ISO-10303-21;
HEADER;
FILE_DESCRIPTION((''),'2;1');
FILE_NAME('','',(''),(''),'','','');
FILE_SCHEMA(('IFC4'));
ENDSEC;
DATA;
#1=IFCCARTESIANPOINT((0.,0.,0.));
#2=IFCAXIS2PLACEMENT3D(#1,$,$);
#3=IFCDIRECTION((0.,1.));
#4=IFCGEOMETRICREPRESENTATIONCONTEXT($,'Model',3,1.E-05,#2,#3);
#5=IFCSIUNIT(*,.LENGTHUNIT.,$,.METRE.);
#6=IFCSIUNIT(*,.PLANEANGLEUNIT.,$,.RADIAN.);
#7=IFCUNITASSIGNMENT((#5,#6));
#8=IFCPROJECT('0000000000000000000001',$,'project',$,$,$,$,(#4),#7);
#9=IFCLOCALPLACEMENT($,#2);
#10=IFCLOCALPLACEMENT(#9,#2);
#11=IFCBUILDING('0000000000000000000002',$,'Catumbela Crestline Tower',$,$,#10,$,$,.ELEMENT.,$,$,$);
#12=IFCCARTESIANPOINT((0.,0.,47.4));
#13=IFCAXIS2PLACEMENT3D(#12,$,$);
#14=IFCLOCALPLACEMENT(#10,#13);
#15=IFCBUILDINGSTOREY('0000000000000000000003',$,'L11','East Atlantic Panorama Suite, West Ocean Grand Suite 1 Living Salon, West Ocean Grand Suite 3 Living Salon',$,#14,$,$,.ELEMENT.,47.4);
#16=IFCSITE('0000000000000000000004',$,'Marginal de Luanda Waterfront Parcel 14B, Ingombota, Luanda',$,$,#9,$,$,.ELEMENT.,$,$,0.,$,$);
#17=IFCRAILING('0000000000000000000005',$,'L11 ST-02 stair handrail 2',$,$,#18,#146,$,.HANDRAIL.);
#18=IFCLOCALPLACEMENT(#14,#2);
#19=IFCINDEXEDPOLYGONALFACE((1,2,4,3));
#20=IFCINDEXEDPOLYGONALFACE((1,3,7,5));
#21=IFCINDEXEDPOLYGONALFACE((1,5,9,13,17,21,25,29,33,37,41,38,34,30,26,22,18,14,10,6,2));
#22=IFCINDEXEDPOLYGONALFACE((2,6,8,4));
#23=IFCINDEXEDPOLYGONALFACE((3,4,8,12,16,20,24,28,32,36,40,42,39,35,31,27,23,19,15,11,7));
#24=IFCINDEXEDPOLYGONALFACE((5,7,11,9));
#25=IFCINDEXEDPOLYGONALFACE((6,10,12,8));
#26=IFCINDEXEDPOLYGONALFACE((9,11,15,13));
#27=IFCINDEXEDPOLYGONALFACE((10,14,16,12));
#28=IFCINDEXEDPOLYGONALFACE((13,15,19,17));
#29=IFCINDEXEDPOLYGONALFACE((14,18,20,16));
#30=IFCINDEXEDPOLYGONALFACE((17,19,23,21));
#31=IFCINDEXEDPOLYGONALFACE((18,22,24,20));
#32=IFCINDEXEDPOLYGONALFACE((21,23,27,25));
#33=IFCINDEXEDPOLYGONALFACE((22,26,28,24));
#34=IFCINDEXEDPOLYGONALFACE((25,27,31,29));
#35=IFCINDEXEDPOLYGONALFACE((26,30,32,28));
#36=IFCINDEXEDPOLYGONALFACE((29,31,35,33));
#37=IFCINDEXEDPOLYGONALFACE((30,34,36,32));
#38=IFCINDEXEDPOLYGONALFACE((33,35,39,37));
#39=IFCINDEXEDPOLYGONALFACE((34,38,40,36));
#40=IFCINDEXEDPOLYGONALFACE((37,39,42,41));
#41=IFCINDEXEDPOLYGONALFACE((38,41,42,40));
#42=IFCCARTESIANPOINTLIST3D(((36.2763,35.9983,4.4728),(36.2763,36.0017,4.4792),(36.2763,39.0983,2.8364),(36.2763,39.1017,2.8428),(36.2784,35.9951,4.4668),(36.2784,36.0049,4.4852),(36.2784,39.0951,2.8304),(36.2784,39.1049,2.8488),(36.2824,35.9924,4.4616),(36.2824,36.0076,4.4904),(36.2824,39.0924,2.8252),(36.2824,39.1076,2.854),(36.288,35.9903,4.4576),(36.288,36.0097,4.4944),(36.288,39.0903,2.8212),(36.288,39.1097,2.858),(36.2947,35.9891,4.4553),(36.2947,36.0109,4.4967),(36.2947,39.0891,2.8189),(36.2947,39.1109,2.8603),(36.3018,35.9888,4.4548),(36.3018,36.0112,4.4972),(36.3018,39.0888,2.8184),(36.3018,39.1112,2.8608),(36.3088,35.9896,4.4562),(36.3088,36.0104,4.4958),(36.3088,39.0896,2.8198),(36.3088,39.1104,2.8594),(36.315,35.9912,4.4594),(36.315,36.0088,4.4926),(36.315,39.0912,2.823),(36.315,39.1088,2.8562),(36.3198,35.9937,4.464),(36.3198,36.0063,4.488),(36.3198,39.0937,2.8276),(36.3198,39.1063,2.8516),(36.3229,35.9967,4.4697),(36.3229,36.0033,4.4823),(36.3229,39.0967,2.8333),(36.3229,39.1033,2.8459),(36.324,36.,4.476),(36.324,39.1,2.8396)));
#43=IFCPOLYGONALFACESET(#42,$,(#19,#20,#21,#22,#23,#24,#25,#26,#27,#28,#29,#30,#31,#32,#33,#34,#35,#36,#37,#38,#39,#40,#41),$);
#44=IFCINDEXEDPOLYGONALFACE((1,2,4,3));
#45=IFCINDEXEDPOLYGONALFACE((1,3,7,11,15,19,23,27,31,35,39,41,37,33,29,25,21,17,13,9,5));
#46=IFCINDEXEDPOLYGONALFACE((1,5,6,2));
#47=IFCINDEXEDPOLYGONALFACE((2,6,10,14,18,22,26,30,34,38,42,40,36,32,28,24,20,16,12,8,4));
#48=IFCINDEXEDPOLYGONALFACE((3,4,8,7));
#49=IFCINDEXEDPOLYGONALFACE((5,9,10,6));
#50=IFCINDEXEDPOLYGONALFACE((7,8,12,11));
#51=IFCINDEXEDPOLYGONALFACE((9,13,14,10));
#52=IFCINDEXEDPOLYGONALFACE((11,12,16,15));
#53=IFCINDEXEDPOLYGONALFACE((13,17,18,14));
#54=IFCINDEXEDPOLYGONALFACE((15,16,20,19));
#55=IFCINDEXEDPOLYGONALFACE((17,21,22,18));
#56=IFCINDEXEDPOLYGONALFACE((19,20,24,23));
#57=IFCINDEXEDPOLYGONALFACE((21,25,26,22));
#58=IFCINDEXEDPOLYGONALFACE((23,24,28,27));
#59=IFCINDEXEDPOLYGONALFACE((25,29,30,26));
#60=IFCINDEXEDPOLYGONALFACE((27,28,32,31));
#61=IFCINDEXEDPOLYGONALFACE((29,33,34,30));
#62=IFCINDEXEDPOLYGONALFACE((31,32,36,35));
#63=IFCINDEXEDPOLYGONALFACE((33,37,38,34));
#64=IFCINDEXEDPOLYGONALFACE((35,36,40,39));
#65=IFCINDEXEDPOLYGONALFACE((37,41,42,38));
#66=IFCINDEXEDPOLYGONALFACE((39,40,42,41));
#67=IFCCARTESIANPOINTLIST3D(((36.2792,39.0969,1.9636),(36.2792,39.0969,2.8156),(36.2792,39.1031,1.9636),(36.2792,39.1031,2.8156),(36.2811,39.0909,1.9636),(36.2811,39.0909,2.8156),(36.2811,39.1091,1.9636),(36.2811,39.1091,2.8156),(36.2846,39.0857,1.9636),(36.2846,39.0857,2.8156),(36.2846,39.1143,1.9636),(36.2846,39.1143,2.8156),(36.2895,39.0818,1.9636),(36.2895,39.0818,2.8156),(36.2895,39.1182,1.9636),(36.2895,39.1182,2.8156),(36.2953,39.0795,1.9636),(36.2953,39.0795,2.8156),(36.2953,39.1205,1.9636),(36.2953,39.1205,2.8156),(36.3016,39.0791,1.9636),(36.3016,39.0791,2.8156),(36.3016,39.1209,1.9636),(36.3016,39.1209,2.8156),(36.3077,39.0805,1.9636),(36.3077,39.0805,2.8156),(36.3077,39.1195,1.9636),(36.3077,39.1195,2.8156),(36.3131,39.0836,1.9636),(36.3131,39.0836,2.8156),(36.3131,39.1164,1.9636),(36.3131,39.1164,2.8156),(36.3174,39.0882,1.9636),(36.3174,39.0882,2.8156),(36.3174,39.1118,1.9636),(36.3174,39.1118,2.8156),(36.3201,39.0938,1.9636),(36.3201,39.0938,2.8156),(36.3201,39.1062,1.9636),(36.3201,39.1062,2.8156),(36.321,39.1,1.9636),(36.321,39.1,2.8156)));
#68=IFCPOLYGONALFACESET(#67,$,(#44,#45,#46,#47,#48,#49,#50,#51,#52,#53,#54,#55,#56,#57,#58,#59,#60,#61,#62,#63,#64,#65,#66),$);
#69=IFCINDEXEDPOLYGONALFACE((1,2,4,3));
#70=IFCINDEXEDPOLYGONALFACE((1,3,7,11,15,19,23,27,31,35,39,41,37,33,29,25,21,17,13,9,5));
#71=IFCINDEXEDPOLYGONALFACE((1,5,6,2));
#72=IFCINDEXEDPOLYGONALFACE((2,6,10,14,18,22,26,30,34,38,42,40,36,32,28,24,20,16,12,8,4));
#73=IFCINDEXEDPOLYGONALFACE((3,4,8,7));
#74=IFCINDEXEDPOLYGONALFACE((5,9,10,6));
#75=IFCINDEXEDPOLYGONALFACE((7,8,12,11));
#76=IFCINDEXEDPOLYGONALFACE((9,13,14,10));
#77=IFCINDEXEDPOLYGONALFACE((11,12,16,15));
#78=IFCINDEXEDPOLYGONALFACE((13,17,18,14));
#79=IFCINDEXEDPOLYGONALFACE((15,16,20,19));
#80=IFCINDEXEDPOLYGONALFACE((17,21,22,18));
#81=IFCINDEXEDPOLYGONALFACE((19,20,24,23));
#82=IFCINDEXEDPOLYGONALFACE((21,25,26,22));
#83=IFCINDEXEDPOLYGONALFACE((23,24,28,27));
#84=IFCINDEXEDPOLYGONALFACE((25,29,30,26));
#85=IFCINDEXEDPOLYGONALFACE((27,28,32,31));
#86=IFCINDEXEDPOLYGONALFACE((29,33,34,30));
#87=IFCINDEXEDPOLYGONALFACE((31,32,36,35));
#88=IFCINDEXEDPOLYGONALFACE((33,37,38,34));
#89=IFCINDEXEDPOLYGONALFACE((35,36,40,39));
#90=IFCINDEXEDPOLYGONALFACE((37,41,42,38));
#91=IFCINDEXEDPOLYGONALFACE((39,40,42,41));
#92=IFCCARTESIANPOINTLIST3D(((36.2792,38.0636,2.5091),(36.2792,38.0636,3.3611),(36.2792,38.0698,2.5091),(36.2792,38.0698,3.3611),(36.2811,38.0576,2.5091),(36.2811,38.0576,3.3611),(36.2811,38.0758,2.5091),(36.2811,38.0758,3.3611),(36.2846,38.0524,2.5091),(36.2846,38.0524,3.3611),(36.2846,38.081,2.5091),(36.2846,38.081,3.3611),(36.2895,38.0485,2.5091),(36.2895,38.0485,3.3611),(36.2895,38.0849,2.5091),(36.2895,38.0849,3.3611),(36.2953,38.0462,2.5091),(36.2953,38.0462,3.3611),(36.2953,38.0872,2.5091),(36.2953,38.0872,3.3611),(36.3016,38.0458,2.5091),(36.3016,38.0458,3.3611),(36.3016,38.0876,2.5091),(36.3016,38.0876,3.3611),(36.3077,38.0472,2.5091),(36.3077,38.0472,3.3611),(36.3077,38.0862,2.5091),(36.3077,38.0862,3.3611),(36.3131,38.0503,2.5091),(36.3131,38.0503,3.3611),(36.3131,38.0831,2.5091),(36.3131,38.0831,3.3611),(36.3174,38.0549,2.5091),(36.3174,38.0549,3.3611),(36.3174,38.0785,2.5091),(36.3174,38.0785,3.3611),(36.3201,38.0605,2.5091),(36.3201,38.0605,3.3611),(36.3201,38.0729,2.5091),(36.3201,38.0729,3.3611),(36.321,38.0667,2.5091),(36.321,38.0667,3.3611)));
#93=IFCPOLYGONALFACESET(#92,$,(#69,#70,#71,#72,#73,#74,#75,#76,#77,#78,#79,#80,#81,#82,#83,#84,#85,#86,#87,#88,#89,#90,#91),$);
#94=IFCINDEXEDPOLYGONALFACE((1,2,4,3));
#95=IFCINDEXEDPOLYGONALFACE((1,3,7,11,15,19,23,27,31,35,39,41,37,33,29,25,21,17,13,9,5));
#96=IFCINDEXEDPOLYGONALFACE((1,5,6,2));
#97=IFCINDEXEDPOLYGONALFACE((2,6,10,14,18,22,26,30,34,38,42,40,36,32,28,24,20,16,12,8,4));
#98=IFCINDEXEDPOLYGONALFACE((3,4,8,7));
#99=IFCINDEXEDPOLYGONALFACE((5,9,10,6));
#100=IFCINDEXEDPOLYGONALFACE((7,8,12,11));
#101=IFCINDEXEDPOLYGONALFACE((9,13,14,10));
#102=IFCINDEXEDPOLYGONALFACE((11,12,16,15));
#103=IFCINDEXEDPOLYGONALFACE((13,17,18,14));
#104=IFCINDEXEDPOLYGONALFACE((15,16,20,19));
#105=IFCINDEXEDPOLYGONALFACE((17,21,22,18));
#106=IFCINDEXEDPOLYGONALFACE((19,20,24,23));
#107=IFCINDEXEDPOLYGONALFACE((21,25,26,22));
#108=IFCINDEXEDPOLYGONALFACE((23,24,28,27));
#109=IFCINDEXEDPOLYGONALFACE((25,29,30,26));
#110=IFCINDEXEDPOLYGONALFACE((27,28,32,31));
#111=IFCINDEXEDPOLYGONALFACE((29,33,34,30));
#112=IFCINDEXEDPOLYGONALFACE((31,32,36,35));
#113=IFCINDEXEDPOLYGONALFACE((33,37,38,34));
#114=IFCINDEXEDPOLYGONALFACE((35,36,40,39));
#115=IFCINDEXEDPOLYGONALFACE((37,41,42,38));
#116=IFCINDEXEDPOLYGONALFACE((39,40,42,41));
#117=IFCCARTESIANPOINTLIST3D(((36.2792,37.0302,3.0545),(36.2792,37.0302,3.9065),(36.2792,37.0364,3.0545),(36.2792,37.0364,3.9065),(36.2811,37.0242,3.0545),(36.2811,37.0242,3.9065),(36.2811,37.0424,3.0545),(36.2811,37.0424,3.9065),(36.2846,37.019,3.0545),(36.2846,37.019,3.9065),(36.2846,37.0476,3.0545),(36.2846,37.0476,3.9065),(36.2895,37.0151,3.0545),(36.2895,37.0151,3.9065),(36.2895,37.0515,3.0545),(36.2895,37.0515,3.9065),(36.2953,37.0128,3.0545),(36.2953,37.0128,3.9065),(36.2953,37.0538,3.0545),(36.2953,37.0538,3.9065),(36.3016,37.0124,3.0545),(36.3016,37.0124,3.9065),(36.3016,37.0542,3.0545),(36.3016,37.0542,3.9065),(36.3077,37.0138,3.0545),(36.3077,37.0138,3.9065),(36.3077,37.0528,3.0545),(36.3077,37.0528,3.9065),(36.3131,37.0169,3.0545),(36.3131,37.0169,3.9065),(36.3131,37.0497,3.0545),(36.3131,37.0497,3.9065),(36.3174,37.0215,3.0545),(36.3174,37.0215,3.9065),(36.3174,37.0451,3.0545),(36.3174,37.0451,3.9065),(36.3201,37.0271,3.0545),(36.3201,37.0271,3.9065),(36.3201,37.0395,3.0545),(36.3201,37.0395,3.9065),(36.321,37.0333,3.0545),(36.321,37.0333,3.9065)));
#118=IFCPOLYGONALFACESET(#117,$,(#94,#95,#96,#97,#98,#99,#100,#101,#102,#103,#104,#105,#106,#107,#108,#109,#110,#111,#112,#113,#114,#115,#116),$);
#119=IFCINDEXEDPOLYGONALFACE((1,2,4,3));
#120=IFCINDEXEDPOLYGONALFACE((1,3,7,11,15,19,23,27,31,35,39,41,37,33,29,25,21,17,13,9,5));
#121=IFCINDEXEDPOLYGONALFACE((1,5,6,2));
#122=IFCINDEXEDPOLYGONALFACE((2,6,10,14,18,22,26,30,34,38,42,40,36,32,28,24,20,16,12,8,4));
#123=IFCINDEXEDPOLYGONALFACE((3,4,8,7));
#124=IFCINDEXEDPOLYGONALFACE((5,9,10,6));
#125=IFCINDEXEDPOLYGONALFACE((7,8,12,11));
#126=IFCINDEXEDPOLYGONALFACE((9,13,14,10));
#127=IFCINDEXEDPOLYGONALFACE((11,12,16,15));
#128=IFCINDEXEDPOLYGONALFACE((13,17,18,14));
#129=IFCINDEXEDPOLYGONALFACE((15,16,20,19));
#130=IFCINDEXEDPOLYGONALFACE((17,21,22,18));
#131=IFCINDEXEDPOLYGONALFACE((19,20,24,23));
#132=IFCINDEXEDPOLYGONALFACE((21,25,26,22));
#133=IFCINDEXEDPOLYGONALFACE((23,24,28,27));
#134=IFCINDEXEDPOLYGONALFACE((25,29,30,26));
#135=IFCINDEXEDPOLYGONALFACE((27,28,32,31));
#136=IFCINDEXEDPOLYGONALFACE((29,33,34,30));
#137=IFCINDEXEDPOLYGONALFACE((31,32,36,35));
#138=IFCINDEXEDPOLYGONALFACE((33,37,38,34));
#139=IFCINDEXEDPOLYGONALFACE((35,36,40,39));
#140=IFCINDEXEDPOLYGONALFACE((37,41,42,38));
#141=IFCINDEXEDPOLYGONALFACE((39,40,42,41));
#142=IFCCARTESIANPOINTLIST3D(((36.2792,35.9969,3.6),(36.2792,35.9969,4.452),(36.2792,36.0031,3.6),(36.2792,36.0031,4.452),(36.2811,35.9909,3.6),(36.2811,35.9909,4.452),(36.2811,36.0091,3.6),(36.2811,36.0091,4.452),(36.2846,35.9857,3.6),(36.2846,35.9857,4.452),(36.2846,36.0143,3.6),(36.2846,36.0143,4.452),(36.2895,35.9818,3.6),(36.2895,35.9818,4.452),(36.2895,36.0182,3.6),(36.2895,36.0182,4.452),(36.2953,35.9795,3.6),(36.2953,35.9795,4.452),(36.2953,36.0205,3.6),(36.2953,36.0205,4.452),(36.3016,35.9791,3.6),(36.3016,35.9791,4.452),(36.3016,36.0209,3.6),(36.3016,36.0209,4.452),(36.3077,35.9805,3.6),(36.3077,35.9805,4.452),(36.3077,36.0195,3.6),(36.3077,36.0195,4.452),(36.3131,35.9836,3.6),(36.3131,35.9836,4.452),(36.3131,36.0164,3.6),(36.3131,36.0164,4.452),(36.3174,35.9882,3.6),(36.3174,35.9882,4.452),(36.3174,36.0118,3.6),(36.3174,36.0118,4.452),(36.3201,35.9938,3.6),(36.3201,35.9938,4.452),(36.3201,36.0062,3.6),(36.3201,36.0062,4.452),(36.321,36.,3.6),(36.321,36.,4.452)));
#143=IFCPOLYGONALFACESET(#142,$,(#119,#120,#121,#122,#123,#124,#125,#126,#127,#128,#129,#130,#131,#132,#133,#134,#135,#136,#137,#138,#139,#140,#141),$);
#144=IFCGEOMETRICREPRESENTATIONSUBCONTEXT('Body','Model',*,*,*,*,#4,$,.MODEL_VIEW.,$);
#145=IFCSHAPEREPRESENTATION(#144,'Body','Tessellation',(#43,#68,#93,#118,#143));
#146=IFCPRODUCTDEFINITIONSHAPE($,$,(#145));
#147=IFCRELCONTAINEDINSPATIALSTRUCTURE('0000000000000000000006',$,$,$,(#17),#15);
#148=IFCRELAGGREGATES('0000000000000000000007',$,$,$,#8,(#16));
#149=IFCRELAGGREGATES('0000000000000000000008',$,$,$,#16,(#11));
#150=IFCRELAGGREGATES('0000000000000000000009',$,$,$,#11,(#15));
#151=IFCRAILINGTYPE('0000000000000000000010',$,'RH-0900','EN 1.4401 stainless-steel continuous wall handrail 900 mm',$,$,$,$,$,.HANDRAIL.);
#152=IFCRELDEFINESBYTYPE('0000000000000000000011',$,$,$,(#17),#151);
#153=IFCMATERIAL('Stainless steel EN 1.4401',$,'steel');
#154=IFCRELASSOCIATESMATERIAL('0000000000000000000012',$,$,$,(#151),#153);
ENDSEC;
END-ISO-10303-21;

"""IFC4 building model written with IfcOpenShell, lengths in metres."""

from ifc_helpers import new_model, si_unit, direction, frame, origin, origin_2d, place, context, subcontext, project, spatial, circle, extrude, material, type_object, element, save


model = new_model("IFC4")

# Units and contexts
model_context = context("Model", 3, precision=1e-05, world=origin(), true_north=direction((0.0, 1.0)))
body_context = subcontext(model_context, "Body", "Model", "MODEL_VIEW")
ifc_project = project(units=[si_unit("LENGTHUNIT", "METRE"), si_unit("PLANEANGLEUNIT", "RADIAN")], contexts=[model_context])

# Site, building, storey
site_placement = place(None, origin())
site = spatial("IfcSite", under=ifc_project, at=site_placement, Name="Marginal de Luanda Waterfront Parcel 14B, Ingombota, Luanda", CompositionType="ELEMENT", RefElevation=0.0)
building_placement = place(site_placement, origin())
building = spatial("IfcBuilding", under=site, at=building_placement, Name="Catumbela Crestline Tower", CompositionType="ELEMENT")
storey_placement = place(building_placement, frame((0.0, 0.0, 47.4)))
storey = spatial("IfcBuildingStorey", under=building, at=storey_placement, Name="L11", Description="East Atlantic Panorama Suite, West Ocean Grand Suite 1 Living Salon, West Ocean Grand Suite 3 Living Salon", CompositionType="ELEMENT", Elevation=47.4)

# Shared definitions
ifc_material_1 = material(Name="Stainless steel EN 1.4401", Category="steel")

# Railing
railing_type_1 = type_object("IfcRailingType", Name="RH-0900", Description="EN 1.4401 stainless-steel continuous wall handrail 900 mm", PredefinedType="HANDRAIL", material=ifc_material_1)
railing_1_placement = place(storey_placement, frame((36.3, 39.1, 1.9636)))
element("IfcRailing", 1, at=railing_1_placement, inside=storey, type_object=railing_type_1, Name="L11 ST-02 stair handrail 2", PredefinedType="HANDRAIL", context=body_context, shape_type="SweptSolid", body=[
    extrude(circle(Radius=0.024, at=origin_2d()), frame((0.0, 0.0, 0.876), z_axis=(0.0, -0.884351, 0.466823), x_axis=(1.0, 0.0, 0.0)), (0.0, 0.0, 1.0), 3.5054),
    extrude(circle(Radius=0.021, at=origin_2d()), origin(), (0.0, 0.0, 1.0), 0.852),
    extrude(circle(Radius=0.021, at=origin_2d()), frame((0.0, -1.0333, 0.5455)), (0.0, 0.0, 1.0), 0.852),
    extrude(circle(Radius=0.021, at=origin_2d()), frame((0.0, -2.0667, 1.0909)), (0.0, 0.0, 1.0), 0.852),
    extrude(circle(Radius=0.021, at=origin_2d()), frame((0.0, -3.1, 1.6364)), (0.0, 0.0, 1.0), 0.852),
])

save(model, "model.ifc")
